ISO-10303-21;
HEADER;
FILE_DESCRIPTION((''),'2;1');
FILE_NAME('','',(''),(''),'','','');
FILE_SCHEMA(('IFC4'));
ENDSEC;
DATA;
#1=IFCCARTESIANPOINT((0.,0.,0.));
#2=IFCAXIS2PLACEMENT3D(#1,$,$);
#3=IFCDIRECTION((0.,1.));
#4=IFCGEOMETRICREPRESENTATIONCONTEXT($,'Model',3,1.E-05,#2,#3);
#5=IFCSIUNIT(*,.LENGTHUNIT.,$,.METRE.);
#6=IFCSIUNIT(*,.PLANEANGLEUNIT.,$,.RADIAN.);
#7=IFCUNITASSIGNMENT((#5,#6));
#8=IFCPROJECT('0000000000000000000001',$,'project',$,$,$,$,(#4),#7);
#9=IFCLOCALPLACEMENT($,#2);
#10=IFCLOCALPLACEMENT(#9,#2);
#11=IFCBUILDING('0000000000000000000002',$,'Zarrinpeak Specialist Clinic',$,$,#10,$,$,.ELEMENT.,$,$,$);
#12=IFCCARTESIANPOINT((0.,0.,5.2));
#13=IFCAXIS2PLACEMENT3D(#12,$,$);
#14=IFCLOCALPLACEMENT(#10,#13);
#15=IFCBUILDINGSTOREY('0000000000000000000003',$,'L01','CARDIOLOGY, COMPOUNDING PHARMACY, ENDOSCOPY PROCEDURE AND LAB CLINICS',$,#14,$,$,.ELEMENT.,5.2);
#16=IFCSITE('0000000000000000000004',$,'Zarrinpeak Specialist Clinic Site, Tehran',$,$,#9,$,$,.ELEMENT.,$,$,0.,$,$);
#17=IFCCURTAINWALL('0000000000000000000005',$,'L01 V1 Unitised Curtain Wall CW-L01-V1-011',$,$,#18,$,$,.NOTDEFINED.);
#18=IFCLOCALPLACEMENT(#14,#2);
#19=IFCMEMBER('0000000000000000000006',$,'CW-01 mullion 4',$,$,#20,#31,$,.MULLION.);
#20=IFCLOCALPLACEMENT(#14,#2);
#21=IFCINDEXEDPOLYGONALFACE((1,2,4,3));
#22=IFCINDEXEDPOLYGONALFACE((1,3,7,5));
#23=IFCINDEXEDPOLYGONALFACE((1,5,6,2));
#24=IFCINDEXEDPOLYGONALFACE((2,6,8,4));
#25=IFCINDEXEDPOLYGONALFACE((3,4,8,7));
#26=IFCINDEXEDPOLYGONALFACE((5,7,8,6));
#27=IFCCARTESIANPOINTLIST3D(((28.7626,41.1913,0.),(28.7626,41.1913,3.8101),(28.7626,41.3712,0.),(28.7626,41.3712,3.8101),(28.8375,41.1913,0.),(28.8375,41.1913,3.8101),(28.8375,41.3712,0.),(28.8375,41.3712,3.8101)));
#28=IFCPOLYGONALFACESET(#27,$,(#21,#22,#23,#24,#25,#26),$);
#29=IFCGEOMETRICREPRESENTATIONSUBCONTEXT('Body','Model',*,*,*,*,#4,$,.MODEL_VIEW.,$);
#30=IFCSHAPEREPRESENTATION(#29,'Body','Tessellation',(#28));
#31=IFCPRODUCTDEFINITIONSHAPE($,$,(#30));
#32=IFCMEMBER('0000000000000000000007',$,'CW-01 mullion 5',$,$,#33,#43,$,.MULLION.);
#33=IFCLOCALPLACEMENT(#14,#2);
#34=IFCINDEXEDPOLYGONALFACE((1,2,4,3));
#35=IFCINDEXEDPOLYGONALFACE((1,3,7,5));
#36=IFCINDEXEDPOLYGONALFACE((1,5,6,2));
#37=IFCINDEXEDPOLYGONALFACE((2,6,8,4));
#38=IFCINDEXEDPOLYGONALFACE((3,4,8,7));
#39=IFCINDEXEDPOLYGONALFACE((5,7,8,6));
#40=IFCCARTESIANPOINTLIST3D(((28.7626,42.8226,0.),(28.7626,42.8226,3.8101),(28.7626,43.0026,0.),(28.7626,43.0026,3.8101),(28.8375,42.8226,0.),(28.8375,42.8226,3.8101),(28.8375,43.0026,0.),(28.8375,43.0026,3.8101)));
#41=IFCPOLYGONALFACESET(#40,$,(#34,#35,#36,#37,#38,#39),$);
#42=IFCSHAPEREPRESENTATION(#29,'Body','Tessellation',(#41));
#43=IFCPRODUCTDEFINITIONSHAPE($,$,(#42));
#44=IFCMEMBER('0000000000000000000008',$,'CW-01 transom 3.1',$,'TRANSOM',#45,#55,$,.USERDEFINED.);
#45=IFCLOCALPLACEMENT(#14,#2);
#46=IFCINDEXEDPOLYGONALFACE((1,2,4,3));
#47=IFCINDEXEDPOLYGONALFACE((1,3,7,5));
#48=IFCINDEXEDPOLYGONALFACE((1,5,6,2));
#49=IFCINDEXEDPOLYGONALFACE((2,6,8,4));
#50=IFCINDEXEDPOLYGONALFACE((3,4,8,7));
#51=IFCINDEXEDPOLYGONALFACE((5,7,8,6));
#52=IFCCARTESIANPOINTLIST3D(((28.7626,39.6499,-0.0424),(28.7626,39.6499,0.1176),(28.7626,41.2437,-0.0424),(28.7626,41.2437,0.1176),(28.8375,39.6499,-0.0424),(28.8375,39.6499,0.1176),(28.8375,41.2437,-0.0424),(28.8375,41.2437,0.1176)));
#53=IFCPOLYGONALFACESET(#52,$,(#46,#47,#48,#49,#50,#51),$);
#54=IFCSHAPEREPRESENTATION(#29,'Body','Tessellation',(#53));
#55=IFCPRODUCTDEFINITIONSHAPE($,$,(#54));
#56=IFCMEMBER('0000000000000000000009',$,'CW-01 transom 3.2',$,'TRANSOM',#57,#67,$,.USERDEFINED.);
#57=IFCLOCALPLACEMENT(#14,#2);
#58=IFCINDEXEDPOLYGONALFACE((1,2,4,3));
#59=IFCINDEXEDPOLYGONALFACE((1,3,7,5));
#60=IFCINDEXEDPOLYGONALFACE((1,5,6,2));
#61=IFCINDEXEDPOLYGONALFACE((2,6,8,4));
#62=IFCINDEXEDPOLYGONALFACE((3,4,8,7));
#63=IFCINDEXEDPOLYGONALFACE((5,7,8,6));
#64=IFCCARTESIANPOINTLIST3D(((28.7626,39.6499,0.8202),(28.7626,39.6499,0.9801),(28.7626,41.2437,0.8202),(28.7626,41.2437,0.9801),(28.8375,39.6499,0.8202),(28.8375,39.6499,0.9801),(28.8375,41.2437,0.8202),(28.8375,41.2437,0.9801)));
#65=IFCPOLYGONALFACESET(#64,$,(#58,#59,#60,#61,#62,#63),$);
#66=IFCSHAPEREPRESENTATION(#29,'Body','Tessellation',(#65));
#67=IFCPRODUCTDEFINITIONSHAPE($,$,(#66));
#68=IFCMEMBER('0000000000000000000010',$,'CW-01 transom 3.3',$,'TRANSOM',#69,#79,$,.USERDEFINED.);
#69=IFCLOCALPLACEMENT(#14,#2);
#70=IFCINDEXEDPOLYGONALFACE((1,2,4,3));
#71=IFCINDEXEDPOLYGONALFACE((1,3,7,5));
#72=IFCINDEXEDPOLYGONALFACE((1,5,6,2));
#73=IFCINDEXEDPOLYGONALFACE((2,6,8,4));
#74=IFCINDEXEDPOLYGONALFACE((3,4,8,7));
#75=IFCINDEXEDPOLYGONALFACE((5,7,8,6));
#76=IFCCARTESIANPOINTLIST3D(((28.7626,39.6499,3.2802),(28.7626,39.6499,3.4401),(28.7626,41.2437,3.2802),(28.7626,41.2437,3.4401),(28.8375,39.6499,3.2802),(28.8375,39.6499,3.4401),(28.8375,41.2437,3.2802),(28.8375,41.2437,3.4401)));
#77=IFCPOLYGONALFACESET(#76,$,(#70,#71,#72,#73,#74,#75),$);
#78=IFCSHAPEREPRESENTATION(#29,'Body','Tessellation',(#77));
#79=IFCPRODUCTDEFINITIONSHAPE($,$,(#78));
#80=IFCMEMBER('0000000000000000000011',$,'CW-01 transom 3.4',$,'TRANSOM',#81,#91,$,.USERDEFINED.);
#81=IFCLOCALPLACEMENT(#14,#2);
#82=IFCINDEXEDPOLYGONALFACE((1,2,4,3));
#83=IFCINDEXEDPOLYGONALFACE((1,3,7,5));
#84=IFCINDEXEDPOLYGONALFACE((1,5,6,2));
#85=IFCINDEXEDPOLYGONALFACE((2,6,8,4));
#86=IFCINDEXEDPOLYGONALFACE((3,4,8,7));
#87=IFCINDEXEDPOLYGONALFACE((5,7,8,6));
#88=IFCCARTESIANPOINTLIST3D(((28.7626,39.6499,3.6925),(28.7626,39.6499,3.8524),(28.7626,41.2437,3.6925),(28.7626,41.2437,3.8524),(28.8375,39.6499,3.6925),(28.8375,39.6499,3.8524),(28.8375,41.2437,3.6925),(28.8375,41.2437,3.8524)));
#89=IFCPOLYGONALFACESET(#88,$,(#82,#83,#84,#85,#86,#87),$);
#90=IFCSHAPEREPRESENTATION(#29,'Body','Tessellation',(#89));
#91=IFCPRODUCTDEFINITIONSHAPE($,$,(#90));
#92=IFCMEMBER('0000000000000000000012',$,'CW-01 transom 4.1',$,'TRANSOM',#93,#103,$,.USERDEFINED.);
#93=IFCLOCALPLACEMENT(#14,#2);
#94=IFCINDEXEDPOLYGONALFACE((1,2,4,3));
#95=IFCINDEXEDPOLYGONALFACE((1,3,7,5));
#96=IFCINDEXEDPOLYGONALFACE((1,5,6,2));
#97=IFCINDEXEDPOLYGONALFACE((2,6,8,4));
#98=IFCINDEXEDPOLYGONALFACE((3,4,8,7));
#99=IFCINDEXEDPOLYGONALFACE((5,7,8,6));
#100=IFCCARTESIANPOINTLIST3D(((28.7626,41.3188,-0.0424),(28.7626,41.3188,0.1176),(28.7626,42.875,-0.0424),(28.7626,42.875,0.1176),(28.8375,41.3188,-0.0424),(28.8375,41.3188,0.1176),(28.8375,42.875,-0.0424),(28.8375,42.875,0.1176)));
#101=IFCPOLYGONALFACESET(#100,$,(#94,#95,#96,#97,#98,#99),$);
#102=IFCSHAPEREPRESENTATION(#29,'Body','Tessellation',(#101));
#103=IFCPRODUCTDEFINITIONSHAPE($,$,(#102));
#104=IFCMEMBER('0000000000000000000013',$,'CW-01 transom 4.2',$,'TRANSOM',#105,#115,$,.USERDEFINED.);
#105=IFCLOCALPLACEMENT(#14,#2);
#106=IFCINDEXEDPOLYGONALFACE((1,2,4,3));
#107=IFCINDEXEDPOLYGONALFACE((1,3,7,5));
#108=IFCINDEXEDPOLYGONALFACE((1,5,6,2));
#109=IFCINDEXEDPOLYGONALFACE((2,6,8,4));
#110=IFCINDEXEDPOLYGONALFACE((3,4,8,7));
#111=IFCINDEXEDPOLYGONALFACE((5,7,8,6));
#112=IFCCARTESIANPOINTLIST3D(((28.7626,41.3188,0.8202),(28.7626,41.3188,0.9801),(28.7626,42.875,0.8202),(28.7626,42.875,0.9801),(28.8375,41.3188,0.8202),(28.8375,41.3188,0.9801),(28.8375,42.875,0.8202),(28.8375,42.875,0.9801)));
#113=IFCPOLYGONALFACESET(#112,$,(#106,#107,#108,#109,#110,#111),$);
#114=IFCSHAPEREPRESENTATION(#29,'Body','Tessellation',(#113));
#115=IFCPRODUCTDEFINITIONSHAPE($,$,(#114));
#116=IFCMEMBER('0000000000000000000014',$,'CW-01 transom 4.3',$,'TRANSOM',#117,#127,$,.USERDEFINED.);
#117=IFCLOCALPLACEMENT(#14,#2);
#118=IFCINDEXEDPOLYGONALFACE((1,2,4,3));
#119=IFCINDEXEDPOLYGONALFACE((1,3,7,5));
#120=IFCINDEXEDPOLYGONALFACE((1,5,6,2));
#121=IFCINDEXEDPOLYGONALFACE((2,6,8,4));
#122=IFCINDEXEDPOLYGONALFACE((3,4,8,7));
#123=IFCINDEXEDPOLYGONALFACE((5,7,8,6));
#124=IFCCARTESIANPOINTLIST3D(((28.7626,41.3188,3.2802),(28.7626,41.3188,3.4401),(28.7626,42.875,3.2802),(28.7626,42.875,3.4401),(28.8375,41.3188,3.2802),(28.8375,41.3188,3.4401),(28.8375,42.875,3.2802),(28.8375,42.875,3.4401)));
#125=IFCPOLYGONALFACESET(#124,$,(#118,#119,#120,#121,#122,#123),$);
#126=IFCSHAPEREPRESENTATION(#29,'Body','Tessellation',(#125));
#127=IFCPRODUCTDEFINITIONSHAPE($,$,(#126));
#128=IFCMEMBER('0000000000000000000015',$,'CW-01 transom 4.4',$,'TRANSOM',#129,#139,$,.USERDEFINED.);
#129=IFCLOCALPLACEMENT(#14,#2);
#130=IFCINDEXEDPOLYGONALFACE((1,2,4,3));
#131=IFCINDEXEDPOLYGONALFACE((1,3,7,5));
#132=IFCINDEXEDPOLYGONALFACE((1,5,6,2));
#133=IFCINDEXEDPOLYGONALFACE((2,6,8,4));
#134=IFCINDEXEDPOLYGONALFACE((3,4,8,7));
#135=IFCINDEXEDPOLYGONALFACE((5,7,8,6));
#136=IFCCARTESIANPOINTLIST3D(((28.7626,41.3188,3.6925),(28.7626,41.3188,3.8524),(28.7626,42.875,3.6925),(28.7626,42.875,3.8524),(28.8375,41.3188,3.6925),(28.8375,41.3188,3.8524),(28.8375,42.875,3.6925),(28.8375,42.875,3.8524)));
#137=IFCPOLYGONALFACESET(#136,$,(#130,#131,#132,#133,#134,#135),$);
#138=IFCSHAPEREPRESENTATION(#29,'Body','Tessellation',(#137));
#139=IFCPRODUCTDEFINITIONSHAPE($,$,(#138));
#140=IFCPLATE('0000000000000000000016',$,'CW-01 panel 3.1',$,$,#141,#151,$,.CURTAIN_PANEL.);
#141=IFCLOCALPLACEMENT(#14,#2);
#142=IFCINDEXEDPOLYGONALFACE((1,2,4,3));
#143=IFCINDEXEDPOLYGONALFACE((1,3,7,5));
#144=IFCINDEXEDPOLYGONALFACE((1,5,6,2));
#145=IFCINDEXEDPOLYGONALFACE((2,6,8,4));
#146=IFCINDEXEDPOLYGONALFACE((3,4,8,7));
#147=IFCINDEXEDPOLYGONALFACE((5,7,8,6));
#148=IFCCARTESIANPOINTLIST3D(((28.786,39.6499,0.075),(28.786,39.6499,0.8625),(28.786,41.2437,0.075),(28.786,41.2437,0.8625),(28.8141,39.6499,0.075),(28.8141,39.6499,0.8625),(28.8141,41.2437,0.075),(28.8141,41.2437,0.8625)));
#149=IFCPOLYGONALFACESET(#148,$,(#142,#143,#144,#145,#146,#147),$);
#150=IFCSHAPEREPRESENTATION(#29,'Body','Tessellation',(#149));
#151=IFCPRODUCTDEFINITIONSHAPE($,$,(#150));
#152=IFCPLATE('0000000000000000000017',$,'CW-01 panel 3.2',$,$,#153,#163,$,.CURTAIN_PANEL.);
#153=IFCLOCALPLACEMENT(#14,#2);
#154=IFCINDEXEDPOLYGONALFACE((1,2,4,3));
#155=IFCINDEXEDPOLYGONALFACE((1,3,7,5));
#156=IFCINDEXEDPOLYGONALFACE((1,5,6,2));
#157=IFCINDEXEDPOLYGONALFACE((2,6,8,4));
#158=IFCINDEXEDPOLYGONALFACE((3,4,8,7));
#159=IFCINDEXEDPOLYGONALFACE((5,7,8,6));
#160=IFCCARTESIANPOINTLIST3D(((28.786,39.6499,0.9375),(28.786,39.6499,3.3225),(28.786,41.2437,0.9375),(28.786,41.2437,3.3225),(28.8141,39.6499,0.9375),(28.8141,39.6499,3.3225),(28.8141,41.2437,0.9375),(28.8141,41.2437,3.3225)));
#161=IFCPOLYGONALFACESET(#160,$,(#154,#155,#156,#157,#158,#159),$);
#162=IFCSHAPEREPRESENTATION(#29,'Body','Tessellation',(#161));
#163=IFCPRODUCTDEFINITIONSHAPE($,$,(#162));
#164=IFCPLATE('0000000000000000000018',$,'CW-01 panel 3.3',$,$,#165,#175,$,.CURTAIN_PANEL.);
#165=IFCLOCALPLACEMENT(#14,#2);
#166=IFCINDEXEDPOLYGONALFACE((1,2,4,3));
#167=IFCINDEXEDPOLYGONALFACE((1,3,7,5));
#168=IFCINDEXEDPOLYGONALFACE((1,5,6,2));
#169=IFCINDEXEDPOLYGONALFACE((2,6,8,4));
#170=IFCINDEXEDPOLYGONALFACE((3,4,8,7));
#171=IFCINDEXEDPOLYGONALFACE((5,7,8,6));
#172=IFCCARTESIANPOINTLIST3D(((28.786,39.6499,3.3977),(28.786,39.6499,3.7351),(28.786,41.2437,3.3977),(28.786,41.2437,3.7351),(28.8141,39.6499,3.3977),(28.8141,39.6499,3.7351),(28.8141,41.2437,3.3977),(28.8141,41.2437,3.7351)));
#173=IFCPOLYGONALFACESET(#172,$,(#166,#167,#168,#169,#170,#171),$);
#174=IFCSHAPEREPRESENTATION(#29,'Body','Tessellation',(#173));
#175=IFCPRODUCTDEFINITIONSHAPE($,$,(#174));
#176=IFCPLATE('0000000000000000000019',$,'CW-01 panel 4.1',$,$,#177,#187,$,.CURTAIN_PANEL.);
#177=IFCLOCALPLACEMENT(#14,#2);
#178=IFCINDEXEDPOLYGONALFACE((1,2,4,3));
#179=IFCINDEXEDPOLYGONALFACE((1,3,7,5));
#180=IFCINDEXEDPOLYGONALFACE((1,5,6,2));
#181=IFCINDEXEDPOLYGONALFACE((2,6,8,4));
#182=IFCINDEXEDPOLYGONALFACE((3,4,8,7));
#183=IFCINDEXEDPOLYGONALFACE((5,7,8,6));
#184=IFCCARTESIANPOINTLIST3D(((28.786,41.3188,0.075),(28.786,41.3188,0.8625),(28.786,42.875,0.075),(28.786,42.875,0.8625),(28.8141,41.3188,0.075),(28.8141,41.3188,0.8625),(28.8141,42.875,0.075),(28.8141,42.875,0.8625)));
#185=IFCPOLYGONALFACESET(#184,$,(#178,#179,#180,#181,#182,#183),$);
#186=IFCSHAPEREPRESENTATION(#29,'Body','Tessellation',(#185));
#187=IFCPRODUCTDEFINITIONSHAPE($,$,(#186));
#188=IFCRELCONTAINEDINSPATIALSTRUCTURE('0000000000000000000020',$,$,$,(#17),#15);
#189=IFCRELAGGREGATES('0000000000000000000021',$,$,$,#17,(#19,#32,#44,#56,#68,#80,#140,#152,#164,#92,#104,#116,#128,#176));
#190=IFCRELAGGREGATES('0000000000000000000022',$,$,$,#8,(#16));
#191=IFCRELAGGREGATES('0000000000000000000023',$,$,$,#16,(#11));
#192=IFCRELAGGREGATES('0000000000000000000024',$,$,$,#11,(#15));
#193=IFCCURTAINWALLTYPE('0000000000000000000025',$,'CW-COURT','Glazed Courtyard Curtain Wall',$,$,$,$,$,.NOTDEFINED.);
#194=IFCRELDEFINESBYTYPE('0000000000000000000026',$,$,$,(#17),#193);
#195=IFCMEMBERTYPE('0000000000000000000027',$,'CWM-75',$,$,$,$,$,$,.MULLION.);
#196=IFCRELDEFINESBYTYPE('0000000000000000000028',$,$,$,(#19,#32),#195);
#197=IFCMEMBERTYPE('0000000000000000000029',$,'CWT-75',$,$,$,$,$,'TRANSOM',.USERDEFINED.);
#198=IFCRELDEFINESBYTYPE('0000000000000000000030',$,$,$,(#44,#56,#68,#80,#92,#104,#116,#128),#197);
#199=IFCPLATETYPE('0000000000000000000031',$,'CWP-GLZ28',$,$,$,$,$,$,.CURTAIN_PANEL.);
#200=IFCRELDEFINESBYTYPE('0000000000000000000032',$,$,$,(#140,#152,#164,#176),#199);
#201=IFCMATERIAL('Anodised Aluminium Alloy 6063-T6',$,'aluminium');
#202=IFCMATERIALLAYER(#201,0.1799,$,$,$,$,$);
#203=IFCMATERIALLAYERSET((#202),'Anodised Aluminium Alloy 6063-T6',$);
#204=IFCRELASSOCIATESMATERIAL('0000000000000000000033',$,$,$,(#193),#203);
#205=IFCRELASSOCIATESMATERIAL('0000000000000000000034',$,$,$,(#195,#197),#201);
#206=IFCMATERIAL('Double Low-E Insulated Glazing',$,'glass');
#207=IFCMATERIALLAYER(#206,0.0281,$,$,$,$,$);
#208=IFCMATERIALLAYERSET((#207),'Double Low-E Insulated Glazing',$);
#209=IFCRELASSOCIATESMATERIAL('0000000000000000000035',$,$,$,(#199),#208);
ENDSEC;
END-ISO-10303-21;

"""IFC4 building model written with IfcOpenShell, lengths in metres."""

from ifc_helpers import new_model, si_unit, direction, frame, origin, origin_2d, place, context, subcontext, project, spatial, rectangle, extrude, material, layer, layer_set, material_profile, profile_set, type_object, element, aggregate, save


model = new_model("IFC4")

# Units and contexts
model_context = context("Model", 3, precision=1e-05, world=origin(), true_north=direction((0.0, 1.0)))
body_context = subcontext(model_context, "Body", "Model", "MODEL_VIEW")
ifc_project = project(units=[si_unit("LENGTHUNIT", "METRE"), si_unit("PLANEANGLEUNIT", "RADIAN")], contexts=[model_context])

# Site, building, storey
site_placement = place(None, origin())
site = spatial("IfcSite", under=ifc_project, at=site_placement, Name="Zarrinpeak Specialist Clinic Site, Tehran", CompositionType="ELEMENT", RefElevation=0.0)
building_placement = place(site_placement, origin())
building = spatial("IfcBuilding", under=site, at=building_placement, Name="Zarrinpeak Specialist Clinic", CompositionType="ELEMENT")
storey_placement = place(building_placement, frame((0.0, 0.0, 5.2)))
storey = spatial("IfcBuildingStorey", under=building, at=storey_placement, Name="L01", Description="CARDIOLOGY, COMPOUNDING PHARMACY, ENDOSCOPY PROCEDURE AND LAB CLINICS", CompositionType="ELEMENT", Elevation=5.2)

# Curtain wall, members, plates
ifc_material_1 = material(Name="Anodised Aluminium Alloy 6063-T6", Category="aluminium")
ifc_layer_1 = layer(ifc_material_1, 0.1799)
ifc_layer_set_1 = layer_set([ifc_layer_1], Name="Anodised Aluminium Alloy 6063-T6")
curtain_wall_type = type_object("IfcCurtainWallType", Name="CW-COURT", Description="Glazed Courtyard Curtain Wall", PredefinedType="NOTDEFINED", material=ifc_layer_set_1)
curtain_wall_placement = place(storey_placement, origin())
curtain_wall = element("IfcCurtainWall", 1, at=curtain_wall_placement, inside=storey, type_object=curtain_wall_type, Name="L01 V1 Unitised Curtain Wall CW-L01-V1-011", PredefinedType="NOTDEFINED")
ifc_material_profile_1 = material_profile(ifc_material_1, rectangle(XDim=0.075, YDim=0.1799, at=origin_2d()), Name="ALU 75x180")
ifc_profile_set_1 = profile_set([ifc_material_profile_1], Name="Anodised Aluminium Alloy 6063-T6")
member_type_1 = type_object("IfcMemberType", Name="CWM-75", PredefinedType="MULLION", material=ifc_profile_set_1)
member_1_placement = place(storey_placement, frame((28.8, 41.2812, 0.0), z_axis=(0.0, 0.0, 1.0), x_axis=(-1.0, 0.0, 0.0)))
member_1 = element("IfcMember", 2, at=member_1_placement, type_object=member_type_1, Name="CW-01 mullion 4", PredefinedType="MULLION", context=body_context, shape_type="SweptSolid", body=[
    extrude(rectangle(XDim=0.075, YDim=0.1799, at=origin_2d()), origin(), (0.0, 0.0, 1.0), 3.8101),
])
member_2_placement = place(storey_placement, frame((28.8, 42.9126, 0.0), z_axis=(0.0, 0.0, 1.0), x_axis=(-1.0, 0.0, 0.0)))
member_2 = element("IfcMember", 3, at=member_2_placement, type_object=member_type_1, Name="CW-01 mullion 5", PredefinedType="MULLION", context=body_context, shape_type="SweptSolid", body=[
    extrude(rectangle(XDim=0.075, YDim=0.1799, at=origin_2d()), origin(), (0.0, 0.0, 1.0), 3.8101),
])
ifc_material_profile_2 = material_profile(ifc_material_1, rectangle(XDim=0.075, YDim=0.1599, at=origin_2d()), Name="ALU 75x160")
ifc_profile_set_2 = profile_set([ifc_material_profile_2], Name="Anodised Aluminium Alloy 6063-T6")
member_type_2 = type_object("IfcMemberType", Name="CWT-75", ElementType="TRANSOM", PredefinedType="USERDEFINED", material=ifc_profile_set_2)
member_3_placement = place(storey_placement, frame((28.8, 39.6499, 0.0376), z_axis=(0.0, 1.0, 0.0), x_axis=(-1.0, 0.0, 0.0)))
member_3 = element("IfcMember", 4, at=member_3_placement, type_object=member_type_2, Name="CW-01 transom 3.1", ObjectType="TRANSOM", PredefinedType="USERDEFINED", context=body_context, shape_type="SweptSolid", body=[
    extrude(rectangle(XDim=0.075, YDim=0.1599, at=origin_2d()), origin(), (0.0, 0.0, 1.0), 1.5938),
])
member_4_placement = place(storey_placement, frame((28.8, 39.6499, 0.9001), z_axis=(0.0, 1.0, 0.0), x_axis=(-1.0, 0.0, 0.0)))
member_4 = element("IfcMember", 5, at=member_4_placement, type_object=member_type_2, Name="CW-01 transom 3.2", ObjectType="TRANSOM", PredefinedType="USERDEFINED", context=body_context, shape_type="SweptSolid", body=[
    extrude(rectangle(XDim=0.075, YDim=0.1599, at=origin_2d()), origin(), (0.0, 0.0, 1.0), 1.5938),
])
member_5_placement = place(storey_placement, frame((28.8, 39.6499, 3.3601), z_axis=(0.0, 1.0, 0.0), x_axis=(-1.0, 0.0, 0.0)))
member_5 = element("IfcMember", 6, at=member_5_placement, type_object=member_type_2, Name="CW-01 transom 3.3", ObjectType="TRANSOM", PredefinedType="USERDEFINED", context=body_context, shape_type="SweptSolid", body=[
    extrude(rectangle(XDim=0.075, YDim=0.1599, at=origin_2d()), origin(), (0.0, 0.0, 1.0), 1.5938),
])
member_6_placement = place(storey_placement, frame((28.8, 39.6499, 3.7725), z_axis=(0.0, 1.0, 0.0), x_axis=(-1.0, 0.0, 0.0)))
member_6 = element("IfcMember", 7, at=member_6_placement, type_object=member_type_2, Name="CW-01 transom 3.4", ObjectType="TRANSOM", PredefinedType="USERDEFINED", context=body_context, shape_type="SweptSolid", body=[
    extrude(rectangle(XDim=0.075, YDim=0.1599, at=origin_2d()), origin(), (0.0, 0.0, 1.0), 1.5938),
])
member_7_placement = place(storey_placement, frame((28.8, 41.3188, 0.0376), z_axis=(0.0, 1.0, 0.0), x_axis=(-1.0, 0.0, 0.0)))
member_7 = element("IfcMember", 8, at=member_7_placement, type_object=member_type_2, Name="CW-01 transom 4.1", ObjectType="TRANSOM", PredefinedType="USERDEFINED", context=body_context, shape_type="SweptSolid", body=[
    extrude(rectangle(XDim=0.075, YDim=0.1599, at=origin_2d()), origin(), (0.0, 0.0, 1.0), 1.5562),
])
member_8_placement = place(storey_placement, frame((28.8, 41.3188, 0.9001), z_axis=(0.0, 1.0, 0.0), x_axis=(-1.0, 0.0, 0.0)))
member_8 = element("IfcMember", 9, at=member_8_placement, type_object=member_type_2, Name="CW-01 transom 4.2", ObjectType="TRANSOM", PredefinedType="USERDEFINED", context=body_context, shape_type="SweptSolid", body=[
    extrude(rectangle(XDim=0.075, YDim=0.1599, at=origin_2d()), origin(), (0.0, 0.0, 1.0), 1.5562),
])
member_9_placement = place(storey_placement, frame((28.8, 41.3188, 3.3601), z_axis=(0.0, 1.0, 0.0), x_axis=(-1.0, 0.0, 0.0)))
member_9 = element("IfcMember", 10, at=member_9_placement, type_object=member_type_2, Name="CW-01 transom 4.3", ObjectType="TRANSOM", PredefinedType="USERDEFINED", context=body_context, shape_type="SweptSolid", body=[
    extrude(rectangle(XDim=0.075, YDim=0.1599, at=origin_2d()), origin(), (0.0, 0.0, 1.0), 1.5562),
])
member_10_placement = place(storey_placement, frame((28.8, 41.3188, 3.7725), z_axis=(0.0, 1.0, 0.0), x_axis=(-1.0, 0.0, 0.0)))
member_10 = element("IfcMember", 11, at=member_10_placement, type_object=member_type_2, Name="CW-01 transom 4.4", ObjectType="TRANSOM", PredefinedType="USERDEFINED", context=body_context, shape_type="SweptSolid", body=[
    extrude(rectangle(XDim=0.075, YDim=0.1599, at=origin_2d()), origin(), (0.0, 0.0, 1.0), 1.5562),
])
ifc_material_2 = material(Name="Double Low-E Insulated Glazing", Category="glass")
ifc_layer_2 = layer(ifc_material_2, 0.0281)
ifc_layer_set_2 = layer_set([ifc_layer_2], Name="Double Low-E Insulated Glazing")
plate_type = type_object("IfcPlateType", Name="CWP-GLZ28", PredefinedType="CURTAIN_PANEL", material=ifc_layer_set_2)
plate_1_placement = place(storey_placement, frame((28.8, 40.4468, 0.075), z_axis=(0.0, 0.0, 1.0), x_axis=(0.0, 1.0, 0.0)))
plate_1 = element("IfcPlate", 12, at=plate_1_placement, type_object=plate_type, Name="CW-01 panel 3.1", PredefinedType="CURTAIN_PANEL", context=body_context, shape_type="SweptSolid", body=[
    extrude(rectangle(XDim=1.5938, YDim=0.0281, at=origin_2d()), origin(), (0.0, 0.0, 1.0), 0.7876),
])
plate_2_placement = place(storey_placement, frame((28.8, 40.4468, 0.9375), z_axis=(0.0, 0.0, 1.0), x_axis=(0.0, 1.0, 0.0)))
plate_2 = element("IfcPlate", 13, at=plate_2_placement, type_object=plate_type, Name="CW-01 panel 3.2", PredefinedType="CURTAIN_PANEL", context=body_context, shape_type="SweptSolid", body=[
    extrude(rectangle(XDim=1.5938, YDim=0.0281, at=origin_2d()), origin(), (0.0, 0.0, 1.0), 2.385),
])
plate_3_placement = place(storey_placement, frame((28.8, 40.4468, 3.3977), z_axis=(0.0, 0.0, 1.0), x_axis=(0.0, 1.0, 0.0)))
plate_3 = element("IfcPlate", 14, at=plate_3_placement, type_object=plate_type, Name="CW-01 panel 3.3", PredefinedType="CURTAIN_PANEL", context=body_context, shape_type="SweptSolid", body=[
    extrude(rectangle(XDim=1.5938, YDim=0.0281, at=origin_2d()), origin(), (0.0, 0.0, 1.0), 0.3374),
])
plate_4_placement = place(storey_placement, frame((28.8, 42.0969, 0.075), z_axis=(0.0, 0.0, 1.0), x_axis=(0.0, 1.0, 0.0)))
plate_4 = element("IfcPlate", 15, at=plate_4_placement, type_object=plate_type, Name="CW-01 panel 4.1", PredefinedType="CURTAIN_PANEL", context=body_context, shape_type="SweptSolid", body=[
    extrude(rectangle(XDim=1.5562, YDim=0.0281, at=origin_2d()), origin(), (0.0, 0.0, 1.0), 0.7876),
])
aggregate(curtain_wall, [member_1, member_2, member_3, member_4, member_5, member_6, plate_1, plate_2, plate_3, member_7, member_8, member_9, member_10, plate_4])

save(model, "model.ifc")
